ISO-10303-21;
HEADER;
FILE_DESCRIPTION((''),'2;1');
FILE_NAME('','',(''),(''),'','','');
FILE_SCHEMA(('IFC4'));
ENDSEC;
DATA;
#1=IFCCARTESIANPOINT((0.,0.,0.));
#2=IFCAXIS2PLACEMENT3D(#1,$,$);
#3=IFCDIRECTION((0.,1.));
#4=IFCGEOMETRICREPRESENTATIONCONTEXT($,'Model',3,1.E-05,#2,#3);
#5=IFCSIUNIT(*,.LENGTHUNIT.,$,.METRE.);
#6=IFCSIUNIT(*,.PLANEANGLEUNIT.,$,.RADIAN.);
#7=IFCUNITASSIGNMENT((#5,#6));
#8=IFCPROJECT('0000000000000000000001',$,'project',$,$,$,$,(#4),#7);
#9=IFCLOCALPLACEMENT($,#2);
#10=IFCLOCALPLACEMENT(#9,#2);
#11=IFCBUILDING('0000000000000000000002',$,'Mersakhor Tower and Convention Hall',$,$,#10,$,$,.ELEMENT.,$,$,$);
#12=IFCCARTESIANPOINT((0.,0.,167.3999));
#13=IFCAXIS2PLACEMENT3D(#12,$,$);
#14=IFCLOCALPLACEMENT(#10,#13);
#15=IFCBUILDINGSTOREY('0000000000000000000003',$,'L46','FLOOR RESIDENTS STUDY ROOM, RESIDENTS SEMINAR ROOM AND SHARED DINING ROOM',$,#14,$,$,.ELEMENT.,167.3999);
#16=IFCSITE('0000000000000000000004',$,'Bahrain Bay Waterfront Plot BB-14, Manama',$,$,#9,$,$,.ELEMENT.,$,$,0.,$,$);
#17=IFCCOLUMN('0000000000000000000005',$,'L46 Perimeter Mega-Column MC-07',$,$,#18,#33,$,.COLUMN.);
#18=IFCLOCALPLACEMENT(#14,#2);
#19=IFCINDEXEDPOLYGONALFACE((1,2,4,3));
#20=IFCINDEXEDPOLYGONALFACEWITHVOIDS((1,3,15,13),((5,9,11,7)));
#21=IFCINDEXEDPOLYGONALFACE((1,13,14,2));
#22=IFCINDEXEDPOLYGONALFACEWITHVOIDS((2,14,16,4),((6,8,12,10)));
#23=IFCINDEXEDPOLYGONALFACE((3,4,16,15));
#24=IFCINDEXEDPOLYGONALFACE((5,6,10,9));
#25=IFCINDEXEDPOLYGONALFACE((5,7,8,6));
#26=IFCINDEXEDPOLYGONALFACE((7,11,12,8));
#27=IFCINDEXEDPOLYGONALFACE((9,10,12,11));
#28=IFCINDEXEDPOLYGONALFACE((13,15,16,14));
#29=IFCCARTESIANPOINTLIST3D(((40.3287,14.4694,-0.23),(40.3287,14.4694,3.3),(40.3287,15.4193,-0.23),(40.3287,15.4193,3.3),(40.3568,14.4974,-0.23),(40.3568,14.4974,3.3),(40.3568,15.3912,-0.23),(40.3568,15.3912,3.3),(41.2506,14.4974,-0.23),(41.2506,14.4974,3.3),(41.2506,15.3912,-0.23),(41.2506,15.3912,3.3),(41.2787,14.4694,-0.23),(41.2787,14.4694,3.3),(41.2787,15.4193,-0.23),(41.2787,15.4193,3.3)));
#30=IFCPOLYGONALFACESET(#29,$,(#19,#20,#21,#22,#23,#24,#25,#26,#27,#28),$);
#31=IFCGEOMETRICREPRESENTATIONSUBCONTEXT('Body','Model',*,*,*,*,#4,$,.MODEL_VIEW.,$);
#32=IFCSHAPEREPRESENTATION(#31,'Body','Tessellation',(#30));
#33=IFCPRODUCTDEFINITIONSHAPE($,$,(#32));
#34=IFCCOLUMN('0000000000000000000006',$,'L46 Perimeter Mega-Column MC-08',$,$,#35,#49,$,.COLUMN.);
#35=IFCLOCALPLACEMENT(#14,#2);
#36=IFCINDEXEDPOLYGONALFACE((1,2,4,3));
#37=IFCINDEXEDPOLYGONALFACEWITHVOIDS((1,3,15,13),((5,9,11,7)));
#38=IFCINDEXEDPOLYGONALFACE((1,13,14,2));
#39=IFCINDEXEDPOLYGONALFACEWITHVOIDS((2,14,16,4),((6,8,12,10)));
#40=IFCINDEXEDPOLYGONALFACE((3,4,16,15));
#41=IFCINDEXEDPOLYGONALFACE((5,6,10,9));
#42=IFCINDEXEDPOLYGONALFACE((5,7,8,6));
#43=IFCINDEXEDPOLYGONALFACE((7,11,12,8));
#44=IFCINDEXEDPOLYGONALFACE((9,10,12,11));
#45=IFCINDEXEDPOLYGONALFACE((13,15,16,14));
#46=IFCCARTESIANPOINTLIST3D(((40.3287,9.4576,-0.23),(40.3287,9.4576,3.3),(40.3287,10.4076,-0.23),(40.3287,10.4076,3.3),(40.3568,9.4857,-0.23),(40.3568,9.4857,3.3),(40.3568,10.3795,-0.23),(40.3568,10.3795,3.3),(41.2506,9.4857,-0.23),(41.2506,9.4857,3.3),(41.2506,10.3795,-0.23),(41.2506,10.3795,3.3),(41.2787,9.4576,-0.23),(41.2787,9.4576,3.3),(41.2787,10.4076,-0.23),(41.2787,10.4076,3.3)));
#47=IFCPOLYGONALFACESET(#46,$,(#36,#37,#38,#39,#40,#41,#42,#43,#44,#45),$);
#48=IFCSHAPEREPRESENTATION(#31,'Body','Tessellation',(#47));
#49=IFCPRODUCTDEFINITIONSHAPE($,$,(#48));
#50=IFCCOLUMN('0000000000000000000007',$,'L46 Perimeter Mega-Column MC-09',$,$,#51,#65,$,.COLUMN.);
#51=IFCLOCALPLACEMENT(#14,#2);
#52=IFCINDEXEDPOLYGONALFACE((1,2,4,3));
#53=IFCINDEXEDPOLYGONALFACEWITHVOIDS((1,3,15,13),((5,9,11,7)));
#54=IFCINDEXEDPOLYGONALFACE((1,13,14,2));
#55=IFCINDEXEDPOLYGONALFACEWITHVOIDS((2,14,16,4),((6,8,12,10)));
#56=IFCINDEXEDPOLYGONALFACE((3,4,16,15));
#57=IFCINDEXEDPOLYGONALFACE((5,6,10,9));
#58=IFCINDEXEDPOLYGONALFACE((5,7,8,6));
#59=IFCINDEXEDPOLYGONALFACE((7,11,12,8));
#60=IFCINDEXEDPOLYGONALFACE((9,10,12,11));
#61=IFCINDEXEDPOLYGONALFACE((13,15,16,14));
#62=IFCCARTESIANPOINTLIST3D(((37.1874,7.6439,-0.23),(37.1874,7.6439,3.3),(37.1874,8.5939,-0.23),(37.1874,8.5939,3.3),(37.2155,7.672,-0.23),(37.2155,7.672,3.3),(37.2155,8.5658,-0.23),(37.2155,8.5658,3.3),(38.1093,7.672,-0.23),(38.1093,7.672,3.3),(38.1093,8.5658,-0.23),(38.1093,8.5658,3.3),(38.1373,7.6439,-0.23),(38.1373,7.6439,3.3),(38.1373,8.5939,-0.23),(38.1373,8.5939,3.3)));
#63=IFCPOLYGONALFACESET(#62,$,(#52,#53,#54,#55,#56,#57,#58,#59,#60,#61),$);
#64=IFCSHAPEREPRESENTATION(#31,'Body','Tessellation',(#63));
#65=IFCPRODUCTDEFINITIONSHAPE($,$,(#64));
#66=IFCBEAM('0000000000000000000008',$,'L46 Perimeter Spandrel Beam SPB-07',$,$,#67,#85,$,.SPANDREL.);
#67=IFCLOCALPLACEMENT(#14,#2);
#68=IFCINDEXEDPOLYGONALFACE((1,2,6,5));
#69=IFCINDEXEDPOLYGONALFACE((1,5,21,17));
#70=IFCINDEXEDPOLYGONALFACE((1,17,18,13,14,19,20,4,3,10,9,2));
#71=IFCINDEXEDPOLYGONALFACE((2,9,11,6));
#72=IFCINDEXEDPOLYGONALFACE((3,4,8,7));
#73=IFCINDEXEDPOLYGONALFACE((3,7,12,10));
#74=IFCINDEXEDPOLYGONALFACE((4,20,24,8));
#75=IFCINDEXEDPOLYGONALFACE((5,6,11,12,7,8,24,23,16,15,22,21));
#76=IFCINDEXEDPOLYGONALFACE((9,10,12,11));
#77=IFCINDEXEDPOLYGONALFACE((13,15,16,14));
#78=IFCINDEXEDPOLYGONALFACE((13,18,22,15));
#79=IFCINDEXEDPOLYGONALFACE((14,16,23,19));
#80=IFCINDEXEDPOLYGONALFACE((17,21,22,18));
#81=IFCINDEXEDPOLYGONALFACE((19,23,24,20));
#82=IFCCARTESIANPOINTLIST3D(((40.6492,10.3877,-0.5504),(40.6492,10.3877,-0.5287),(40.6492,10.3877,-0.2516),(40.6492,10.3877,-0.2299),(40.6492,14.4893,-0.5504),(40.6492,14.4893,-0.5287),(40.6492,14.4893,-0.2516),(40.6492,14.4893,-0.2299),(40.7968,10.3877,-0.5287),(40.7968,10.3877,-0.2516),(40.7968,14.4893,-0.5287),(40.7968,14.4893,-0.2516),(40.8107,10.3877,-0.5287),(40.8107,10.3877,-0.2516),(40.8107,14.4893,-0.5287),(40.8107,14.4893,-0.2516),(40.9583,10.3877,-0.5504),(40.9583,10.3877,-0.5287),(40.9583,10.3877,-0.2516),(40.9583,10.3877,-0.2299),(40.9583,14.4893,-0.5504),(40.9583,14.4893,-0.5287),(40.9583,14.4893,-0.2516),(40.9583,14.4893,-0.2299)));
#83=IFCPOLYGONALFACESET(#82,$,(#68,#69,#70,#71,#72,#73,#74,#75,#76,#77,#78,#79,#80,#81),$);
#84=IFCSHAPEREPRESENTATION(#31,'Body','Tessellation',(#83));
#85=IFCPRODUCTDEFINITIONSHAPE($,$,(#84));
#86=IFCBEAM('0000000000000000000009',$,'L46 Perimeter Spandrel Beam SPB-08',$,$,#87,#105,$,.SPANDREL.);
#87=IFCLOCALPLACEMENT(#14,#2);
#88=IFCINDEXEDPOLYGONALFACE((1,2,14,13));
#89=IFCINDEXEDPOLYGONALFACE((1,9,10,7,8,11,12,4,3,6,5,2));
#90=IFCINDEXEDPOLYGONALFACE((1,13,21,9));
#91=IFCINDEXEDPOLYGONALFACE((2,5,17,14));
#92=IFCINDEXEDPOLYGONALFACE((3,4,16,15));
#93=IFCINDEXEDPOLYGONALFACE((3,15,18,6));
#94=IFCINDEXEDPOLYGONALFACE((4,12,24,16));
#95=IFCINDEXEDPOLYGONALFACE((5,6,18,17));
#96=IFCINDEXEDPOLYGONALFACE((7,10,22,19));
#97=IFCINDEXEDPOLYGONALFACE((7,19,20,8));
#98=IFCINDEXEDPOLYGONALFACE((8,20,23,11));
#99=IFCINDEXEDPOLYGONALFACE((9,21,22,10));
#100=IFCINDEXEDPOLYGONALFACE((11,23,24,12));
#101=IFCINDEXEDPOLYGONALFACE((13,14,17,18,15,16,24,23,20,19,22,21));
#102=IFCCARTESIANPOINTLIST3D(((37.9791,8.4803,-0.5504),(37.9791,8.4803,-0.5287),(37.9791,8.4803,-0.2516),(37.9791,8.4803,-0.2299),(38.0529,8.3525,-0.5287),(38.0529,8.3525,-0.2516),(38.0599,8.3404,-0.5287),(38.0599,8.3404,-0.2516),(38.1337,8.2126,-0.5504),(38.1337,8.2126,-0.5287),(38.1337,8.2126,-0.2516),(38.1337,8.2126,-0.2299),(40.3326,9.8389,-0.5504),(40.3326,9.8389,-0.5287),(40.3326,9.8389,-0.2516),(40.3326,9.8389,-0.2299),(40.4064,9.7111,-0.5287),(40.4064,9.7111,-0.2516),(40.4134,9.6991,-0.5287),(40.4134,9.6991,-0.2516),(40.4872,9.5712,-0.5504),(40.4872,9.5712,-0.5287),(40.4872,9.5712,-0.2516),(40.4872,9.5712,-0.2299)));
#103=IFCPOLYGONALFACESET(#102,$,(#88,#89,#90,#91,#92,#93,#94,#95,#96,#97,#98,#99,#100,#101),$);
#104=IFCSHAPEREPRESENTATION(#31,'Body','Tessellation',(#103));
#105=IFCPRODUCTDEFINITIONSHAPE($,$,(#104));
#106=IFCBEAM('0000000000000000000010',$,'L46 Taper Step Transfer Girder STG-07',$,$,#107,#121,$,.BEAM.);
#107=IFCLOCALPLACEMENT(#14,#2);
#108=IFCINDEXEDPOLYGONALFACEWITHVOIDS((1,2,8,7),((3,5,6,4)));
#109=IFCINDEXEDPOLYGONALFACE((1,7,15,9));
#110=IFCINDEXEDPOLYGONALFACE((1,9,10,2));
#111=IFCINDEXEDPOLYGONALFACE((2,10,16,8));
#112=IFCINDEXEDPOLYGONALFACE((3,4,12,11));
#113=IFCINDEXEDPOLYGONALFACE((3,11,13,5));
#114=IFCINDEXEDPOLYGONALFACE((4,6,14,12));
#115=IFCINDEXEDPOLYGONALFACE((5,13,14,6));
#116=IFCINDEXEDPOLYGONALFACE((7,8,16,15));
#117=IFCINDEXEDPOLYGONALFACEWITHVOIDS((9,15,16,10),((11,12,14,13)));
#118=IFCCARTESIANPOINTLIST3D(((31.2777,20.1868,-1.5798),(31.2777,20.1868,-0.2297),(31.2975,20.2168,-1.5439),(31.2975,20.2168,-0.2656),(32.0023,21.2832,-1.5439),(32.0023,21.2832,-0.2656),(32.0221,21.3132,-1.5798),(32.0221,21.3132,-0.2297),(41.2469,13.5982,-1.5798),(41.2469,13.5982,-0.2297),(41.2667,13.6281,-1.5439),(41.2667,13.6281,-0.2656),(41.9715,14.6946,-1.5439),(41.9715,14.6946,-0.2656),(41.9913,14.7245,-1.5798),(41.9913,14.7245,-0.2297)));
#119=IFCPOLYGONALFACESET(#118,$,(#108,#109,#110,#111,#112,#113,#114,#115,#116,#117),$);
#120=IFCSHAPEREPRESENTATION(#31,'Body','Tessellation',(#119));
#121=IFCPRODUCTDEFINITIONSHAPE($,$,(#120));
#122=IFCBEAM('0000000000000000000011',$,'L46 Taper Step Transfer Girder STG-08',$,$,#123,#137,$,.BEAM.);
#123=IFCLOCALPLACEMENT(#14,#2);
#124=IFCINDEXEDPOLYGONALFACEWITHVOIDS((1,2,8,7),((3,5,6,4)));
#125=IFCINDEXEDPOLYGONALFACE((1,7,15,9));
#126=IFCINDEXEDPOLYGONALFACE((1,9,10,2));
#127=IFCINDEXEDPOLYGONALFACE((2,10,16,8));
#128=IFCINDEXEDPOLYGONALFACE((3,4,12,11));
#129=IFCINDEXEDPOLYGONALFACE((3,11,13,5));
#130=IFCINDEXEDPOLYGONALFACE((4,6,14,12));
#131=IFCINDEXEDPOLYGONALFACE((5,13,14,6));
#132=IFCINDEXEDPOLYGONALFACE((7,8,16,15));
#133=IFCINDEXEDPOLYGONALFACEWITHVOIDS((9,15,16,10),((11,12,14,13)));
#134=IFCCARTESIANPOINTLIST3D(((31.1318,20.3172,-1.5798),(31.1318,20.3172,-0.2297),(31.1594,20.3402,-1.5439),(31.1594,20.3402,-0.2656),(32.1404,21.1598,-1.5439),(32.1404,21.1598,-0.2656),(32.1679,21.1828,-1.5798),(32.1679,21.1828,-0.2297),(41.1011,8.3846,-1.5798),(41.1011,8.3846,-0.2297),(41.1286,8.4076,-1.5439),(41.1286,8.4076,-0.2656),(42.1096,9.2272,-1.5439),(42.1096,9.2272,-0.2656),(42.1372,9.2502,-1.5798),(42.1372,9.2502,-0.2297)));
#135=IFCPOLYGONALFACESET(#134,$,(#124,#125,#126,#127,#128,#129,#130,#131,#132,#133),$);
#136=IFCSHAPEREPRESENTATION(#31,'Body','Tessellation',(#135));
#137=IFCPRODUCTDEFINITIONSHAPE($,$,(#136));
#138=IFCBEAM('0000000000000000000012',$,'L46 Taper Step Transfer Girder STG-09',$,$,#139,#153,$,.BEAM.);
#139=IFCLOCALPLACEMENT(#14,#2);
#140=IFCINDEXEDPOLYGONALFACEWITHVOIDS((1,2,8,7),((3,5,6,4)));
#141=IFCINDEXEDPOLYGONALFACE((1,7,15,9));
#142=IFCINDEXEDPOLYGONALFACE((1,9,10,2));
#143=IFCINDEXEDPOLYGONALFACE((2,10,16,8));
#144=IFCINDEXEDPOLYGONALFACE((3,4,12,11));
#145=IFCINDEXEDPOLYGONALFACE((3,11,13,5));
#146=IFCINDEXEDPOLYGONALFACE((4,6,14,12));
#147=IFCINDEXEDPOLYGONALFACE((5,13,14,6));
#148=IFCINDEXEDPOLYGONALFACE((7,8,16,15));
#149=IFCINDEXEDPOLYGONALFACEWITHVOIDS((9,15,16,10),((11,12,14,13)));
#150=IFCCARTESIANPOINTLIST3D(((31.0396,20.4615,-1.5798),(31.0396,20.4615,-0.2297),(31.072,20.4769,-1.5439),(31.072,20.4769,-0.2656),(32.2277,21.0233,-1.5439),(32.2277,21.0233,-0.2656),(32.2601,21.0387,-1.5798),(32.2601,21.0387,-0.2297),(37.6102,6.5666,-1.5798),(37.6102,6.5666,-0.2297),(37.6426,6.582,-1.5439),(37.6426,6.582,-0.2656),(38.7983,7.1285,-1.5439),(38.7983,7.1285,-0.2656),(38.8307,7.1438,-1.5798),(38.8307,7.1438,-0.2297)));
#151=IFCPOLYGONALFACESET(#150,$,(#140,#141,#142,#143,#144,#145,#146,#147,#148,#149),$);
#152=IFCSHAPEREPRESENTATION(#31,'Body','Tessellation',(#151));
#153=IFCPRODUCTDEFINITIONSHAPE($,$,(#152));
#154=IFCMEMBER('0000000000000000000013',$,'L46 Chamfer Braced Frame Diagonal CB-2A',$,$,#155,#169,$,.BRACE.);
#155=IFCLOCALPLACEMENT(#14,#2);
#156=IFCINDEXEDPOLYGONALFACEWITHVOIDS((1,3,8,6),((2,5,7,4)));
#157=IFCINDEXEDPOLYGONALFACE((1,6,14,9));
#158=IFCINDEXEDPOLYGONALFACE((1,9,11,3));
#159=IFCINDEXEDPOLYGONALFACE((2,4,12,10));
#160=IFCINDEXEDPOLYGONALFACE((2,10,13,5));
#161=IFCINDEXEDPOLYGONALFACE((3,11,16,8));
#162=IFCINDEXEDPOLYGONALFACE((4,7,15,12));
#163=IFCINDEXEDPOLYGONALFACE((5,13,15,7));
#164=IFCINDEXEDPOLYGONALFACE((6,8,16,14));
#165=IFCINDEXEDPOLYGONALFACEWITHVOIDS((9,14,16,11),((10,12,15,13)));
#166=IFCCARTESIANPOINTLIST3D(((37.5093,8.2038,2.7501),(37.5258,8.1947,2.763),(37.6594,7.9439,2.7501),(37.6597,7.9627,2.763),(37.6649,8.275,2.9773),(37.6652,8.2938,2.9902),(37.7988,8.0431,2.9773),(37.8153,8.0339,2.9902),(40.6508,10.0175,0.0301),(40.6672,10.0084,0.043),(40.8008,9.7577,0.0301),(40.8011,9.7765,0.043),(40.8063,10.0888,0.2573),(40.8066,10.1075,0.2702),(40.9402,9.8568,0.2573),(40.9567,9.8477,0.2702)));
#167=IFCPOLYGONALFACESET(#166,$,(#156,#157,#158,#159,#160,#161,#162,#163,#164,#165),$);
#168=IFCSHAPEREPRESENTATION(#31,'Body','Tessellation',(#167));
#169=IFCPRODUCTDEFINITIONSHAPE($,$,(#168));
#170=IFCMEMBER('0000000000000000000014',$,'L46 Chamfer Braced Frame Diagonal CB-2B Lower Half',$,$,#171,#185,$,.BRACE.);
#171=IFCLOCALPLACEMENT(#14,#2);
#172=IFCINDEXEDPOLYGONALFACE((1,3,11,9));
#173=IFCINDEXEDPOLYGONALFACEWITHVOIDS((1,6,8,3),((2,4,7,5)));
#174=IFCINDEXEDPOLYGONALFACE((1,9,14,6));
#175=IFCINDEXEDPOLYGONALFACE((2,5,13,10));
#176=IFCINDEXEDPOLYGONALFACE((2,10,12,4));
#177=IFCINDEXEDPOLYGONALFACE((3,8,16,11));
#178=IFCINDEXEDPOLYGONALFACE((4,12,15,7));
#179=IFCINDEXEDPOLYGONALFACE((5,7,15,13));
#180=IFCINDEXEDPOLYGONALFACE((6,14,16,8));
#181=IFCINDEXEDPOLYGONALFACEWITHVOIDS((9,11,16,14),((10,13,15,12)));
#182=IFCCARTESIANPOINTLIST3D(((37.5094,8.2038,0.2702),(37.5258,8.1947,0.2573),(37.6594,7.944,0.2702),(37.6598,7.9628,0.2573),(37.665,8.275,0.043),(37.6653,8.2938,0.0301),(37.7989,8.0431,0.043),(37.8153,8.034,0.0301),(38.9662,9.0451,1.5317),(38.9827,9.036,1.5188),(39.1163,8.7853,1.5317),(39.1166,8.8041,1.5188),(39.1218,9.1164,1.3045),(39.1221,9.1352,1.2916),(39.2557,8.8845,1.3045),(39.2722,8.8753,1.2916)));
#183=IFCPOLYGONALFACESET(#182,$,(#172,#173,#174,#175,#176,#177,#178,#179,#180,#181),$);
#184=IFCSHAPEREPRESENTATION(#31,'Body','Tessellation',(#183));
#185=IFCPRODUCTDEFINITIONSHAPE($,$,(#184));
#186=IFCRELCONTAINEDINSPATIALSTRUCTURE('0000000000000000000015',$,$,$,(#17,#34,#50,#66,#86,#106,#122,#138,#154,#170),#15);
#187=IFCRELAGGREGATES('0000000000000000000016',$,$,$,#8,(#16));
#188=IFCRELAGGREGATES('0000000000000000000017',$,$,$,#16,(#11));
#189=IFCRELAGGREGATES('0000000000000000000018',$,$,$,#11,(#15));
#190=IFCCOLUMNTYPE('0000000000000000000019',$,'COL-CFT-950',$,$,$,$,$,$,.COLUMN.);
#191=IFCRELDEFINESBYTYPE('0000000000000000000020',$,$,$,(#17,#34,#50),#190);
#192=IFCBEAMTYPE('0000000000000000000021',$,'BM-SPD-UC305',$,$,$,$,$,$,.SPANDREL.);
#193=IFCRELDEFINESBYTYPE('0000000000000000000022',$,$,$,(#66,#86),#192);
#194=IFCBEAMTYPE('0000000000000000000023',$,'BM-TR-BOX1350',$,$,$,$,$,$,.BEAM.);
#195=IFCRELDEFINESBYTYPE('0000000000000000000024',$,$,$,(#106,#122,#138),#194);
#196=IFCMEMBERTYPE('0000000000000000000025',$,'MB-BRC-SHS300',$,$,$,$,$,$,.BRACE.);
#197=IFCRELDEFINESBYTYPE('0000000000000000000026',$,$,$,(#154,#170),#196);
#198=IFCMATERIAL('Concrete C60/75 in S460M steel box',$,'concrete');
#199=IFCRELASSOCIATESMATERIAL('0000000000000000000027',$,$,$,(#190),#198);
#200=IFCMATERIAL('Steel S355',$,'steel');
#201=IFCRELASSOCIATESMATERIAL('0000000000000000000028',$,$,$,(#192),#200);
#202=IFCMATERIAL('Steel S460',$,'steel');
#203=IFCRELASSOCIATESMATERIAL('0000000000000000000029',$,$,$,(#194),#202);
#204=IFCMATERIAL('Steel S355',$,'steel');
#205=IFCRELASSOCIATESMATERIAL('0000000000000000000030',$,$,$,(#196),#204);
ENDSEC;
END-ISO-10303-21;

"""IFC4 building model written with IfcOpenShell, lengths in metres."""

from ifc_helpers import new_model, si_unit, direction, frame, origin, origin_2d, place, context, subcontext, project, spatial, hollow_rectangle, i_section, extrude, material, material_profile, profile_set, type_object, element, save


model = new_model("IFC4")

# Units and contexts
model_context = context("Model", 3, precision=1e-05, world=origin(), true_north=direction((0.0, 1.0)))
body_context = subcontext(model_context, "Body", "Model", "MODEL_VIEW")
ifc_project = project(units=[si_unit("LENGTHUNIT", "METRE"), si_unit("PLANEANGLEUNIT", "RADIAN")], contexts=[model_context])

# Site, building, storey
site_placement = place(None, origin())
site = spatial("IfcSite", under=ifc_project, at=site_placement, Name="Bahrain Bay Waterfront Plot BB-14, Manama", CompositionType="ELEMENT", RefElevation=0.0)
building_placement = place(site_placement, origin())
building = spatial("IfcBuilding", under=site, at=building_placement, Name="Mersakhor Tower and Convention Hall", CompositionType="ELEMENT")
storey_placement = place(building_placement, frame((0.0, 0.0, 167.3999)))
storey = spatial("IfcBuildingStorey", under=building, at=storey_placement, Name="L46", Description="FLOOR RESIDENTS STUDY ROOM, RESIDENTS SEMINAR ROOM AND SHARED DINING ROOM", CompositionType="ELEMENT", Elevation=167.3999)

# Columns
ifc_material_1 = material(Name="Concrete C60/75 in S460M steel box", Category="concrete")
ifc_material_profile_1 = material_profile(ifc_material_1, hollow_rectangle(XDim=0.95, YDim=0.95, WallThickness=0.0281, at=origin_2d()), Name="SHS 950x950x28")
ifc_profile_set_1 = profile_set([ifc_material_profile_1], Name="Concrete C60/75 in S460M steel box")
column_type = type_object("IfcColumnType", Name="COL-CFT-950", PredefinedType="COLUMN", material=ifc_profile_set_1)
for number, where, z_axis, x_axis, name in (
    (1, (40.8037, 14.9443, -0.23), (0.0, 0.0, 1.0), (1.0, 0.0, 0.0), "L46 Perimeter Mega-Column MC-07"),
    (2, (40.8037, 9.9326, -0.23), (0.0, 0.0, 1.0), (1.0, 0.0, 0.0), "L46 Perimeter Mega-Column MC-08"),
    (3, (37.6624, 8.1189, -0.23), (0.0, 0.0, 1.0), (1.0, 0.0, 0.0), "L46 Perimeter Mega-Column MC-09"),
):
    element("IfcColumn", number, at=place(storey_placement, frame(where, z_axis=z_axis, x_axis=x_axis)), inside=storey, type_object=column_type, Name=name, PredefinedType="COLUMN", context=body_context, shape_type="SweptSolid", body=[
        extrude(hollow_rectangle(XDim=0.95, YDim=0.95, WallThickness=0.0281, at=origin_2d()), origin(), (0.0, 0.0, 1.0), 3.53),
    ])

# Beams
ifc_material_2 = material(Name="Steel S355", Category="steel")
ifc_material_profile_2 = material_profile(ifc_material_2, i_section(OverallWidth=0.3091, OverallDepth=0.3206, WebThickness=0.0139, FlangeThickness=0.0217, at=origin_2d()), Name="UC 305x305x137")
ifc_profile_set_2 = profile_set([ifc_material_profile_2], Name="Steel S355")
beam_type_1 = type_object("IfcBeamType", Name="BM-SPD-UC305", PredefinedType="SPANDREL", material=ifc_profile_set_2)
beam_1_placement = place(storey_placement, frame((40.8037, 14.4893, -0.3901), z_axis=(0.0, -1.0, 0.0), x_axis=(1.0, 0.0, 0.0)))
element("IfcBeam", 4, at=beam_1_placement, inside=storey, type_object=beam_type_1, Name="L46 Perimeter Spandrel Beam SPB-07", PredefinedType="SPANDREL", context=body_context, shape_type="SweptSolid", body=[
    extrude(i_section(OverallWidth=0.3091, OverallDepth=0.3206, WebThickness=0.0139, FlangeThickness=0.0217, at=origin_2d()), origin(), (0.0, 0.0, 1.0), 4.1016),
])
beam_2_placement = place(storey_placement, frame((40.4099, 9.7051, -0.3901), z_axis=(-0.866051, -0.499956, 0.0), x_axis=(0.499956, -0.866051, 0.0)))
element("IfcBeam", 5, at=beam_2_placement, inside=storey, type_object=beam_type_1, Name="L46 Perimeter Spandrel Beam SPB-08", PredefinedType="SPANDREL", context=body_context, shape_type="SweptSolid", body=[
    extrude(i_section(OverallWidth=0.3091, OverallDepth=0.3206, WebThickness=0.0139, FlangeThickness=0.0217, at=origin_2d()), origin(), (0.0, 0.0, 1.0), 2.7175),
])
ifc_material_3 = material(Name="Steel S460", Category="steel")
ifc_material_profile_3 = material_profile(ifc_material_3, hollow_rectangle(XDim=1.3501, YDim=1.3501, WallThickness=0.0359, at=origin_2d()), Name="SHS 1350x1350x36")
ifc_profile_set_3 = profile_set([ifc_material_profile_3], Name="Steel S460")
beam_type_2 = type_object("IfcBeamType", Name="BM-TR-BOX1350", PredefinedType="BEAM", material=ifc_profile_set_3)
beam_3_placement = place(storey_placement, frame((41.6191, 14.1614, -0.9048), z_axis=(-0.834266, 0.551362, 0.0), x_axis=(-0.551362, -0.834266, 0.0)))
element("IfcBeam", 6, at=beam_3_placement, inside=storey, type_object=beam_type_2, Name="L46 Taper Step Transfer Girder STG-07", PredefinedType="BEAM", context=body_context, shape_type="SweptSolid", body=[
    extrude(hollow_rectangle(XDim=1.3501, YDim=1.3501, WallThickness=0.0359, at=origin_2d()), origin(), (0.0, 0.0, 1.0), 11.9497),
])
beam_4_placement = place(storey_placement, frame((41.6191, 8.8174, -0.9048), z_axis=(-0.641148, 0.767418, 0.0), x_axis=(-0.767418, -0.641148, 0.0)))
element("IfcBeam", 7, at=beam_4_placement, inside=storey, type_object=beam_type_2, Name="L46 Taper Step Transfer Girder STG-08", PredefinedType="BEAM", context=body_context, shape_type="SweptSolid", body=[
    extrude(hollow_rectangle(XDim=1.3501, YDim=1.3501, WallThickness=0.0359, at=origin_2d()), origin(), (0.0, 0.0, 1.0), 15.5491),
])
beam_5_placement = place(storey_placement, frame((38.2205, 6.8552, -0.9048), z_axis=(-0.427492, 0.904019, 0.0), x_axis=(-0.904019, -0.427492, 0.0)))
element("IfcBeam", 8, at=beam_5_placement, inside=storey, type_object=beam_type_2, Name="L46 Taper Step Transfer Girder STG-09", PredefinedType="BEAM", context=body_context, shape_type="SweptSolid", body=[
    extrude(hollow_rectangle(XDim=1.3501, YDim=1.3501, WallThickness=0.0359, at=origin_2d()), origin(), (0.0, 0.0, 1.0), 15.3701),
])

# Members
ifc_material_4 = material(Name="Steel S355", Category="steel")
ifc_material_profile_4 = material_profile(ifc_material_4, hollow_rectangle(XDim=0.3, YDim=0.3, WallThickness=0.0161, at=origin_2d()), Name="SHS 300x300x16")
ifc_profile_set_4 = profile_set([ifc_material_profile_4], Name="Steel S355")
member_type = type_object("IfcMemberType", Name="MB-BRC-SHS300", PredefinedType="BRACE", material=ifc_profile_set_4)
member_1_placement = place(storey_placement, frame((40.8037, 9.9326, 0.1501), z_axis=(-0.692865, -0.400038, 0.599923), x_axis=(0.500012, -0.866019, 0.0)))
element("IfcMember", 9, at=member_1_placement, inside=storey, type_object=member_type, Name="L46 Chamfer Braced Frame Diagonal CB-2A", PredefinedType="BRACE", context=body_context, shape_type="SweptSolid", body=[
    extrude(hollow_rectangle(XDim=0.3, YDim=0.3, WallThickness=0.0161, at=origin_2d()), origin(), (0.0, 0.0, 1.0), 4.5339),
])
member_2_placement = place(storey_placement, frame((37.6624, 8.1189, 0.1501), z_axis=(0.692817, 0.400109, 0.599931), x_axis=(-0.500104, 0.865966, 0.0)))
element("IfcMember", 10, at=member_2_placement, inside=storey, type_object=member_type, Name="L46 Chamfer Braced Frame Diagonal CB-2B Lower Half", PredefinedType="BRACE", context=body_context, shape_type="SweptSolid", body=[
    extrude(hollow_rectangle(XDim=0.3, YDim=0.3, WallThickness=0.0161, at=origin_2d()), origin(), (0.0, 0.0, 1.0), 2.1028),
])

save(model, "model.ifc")
